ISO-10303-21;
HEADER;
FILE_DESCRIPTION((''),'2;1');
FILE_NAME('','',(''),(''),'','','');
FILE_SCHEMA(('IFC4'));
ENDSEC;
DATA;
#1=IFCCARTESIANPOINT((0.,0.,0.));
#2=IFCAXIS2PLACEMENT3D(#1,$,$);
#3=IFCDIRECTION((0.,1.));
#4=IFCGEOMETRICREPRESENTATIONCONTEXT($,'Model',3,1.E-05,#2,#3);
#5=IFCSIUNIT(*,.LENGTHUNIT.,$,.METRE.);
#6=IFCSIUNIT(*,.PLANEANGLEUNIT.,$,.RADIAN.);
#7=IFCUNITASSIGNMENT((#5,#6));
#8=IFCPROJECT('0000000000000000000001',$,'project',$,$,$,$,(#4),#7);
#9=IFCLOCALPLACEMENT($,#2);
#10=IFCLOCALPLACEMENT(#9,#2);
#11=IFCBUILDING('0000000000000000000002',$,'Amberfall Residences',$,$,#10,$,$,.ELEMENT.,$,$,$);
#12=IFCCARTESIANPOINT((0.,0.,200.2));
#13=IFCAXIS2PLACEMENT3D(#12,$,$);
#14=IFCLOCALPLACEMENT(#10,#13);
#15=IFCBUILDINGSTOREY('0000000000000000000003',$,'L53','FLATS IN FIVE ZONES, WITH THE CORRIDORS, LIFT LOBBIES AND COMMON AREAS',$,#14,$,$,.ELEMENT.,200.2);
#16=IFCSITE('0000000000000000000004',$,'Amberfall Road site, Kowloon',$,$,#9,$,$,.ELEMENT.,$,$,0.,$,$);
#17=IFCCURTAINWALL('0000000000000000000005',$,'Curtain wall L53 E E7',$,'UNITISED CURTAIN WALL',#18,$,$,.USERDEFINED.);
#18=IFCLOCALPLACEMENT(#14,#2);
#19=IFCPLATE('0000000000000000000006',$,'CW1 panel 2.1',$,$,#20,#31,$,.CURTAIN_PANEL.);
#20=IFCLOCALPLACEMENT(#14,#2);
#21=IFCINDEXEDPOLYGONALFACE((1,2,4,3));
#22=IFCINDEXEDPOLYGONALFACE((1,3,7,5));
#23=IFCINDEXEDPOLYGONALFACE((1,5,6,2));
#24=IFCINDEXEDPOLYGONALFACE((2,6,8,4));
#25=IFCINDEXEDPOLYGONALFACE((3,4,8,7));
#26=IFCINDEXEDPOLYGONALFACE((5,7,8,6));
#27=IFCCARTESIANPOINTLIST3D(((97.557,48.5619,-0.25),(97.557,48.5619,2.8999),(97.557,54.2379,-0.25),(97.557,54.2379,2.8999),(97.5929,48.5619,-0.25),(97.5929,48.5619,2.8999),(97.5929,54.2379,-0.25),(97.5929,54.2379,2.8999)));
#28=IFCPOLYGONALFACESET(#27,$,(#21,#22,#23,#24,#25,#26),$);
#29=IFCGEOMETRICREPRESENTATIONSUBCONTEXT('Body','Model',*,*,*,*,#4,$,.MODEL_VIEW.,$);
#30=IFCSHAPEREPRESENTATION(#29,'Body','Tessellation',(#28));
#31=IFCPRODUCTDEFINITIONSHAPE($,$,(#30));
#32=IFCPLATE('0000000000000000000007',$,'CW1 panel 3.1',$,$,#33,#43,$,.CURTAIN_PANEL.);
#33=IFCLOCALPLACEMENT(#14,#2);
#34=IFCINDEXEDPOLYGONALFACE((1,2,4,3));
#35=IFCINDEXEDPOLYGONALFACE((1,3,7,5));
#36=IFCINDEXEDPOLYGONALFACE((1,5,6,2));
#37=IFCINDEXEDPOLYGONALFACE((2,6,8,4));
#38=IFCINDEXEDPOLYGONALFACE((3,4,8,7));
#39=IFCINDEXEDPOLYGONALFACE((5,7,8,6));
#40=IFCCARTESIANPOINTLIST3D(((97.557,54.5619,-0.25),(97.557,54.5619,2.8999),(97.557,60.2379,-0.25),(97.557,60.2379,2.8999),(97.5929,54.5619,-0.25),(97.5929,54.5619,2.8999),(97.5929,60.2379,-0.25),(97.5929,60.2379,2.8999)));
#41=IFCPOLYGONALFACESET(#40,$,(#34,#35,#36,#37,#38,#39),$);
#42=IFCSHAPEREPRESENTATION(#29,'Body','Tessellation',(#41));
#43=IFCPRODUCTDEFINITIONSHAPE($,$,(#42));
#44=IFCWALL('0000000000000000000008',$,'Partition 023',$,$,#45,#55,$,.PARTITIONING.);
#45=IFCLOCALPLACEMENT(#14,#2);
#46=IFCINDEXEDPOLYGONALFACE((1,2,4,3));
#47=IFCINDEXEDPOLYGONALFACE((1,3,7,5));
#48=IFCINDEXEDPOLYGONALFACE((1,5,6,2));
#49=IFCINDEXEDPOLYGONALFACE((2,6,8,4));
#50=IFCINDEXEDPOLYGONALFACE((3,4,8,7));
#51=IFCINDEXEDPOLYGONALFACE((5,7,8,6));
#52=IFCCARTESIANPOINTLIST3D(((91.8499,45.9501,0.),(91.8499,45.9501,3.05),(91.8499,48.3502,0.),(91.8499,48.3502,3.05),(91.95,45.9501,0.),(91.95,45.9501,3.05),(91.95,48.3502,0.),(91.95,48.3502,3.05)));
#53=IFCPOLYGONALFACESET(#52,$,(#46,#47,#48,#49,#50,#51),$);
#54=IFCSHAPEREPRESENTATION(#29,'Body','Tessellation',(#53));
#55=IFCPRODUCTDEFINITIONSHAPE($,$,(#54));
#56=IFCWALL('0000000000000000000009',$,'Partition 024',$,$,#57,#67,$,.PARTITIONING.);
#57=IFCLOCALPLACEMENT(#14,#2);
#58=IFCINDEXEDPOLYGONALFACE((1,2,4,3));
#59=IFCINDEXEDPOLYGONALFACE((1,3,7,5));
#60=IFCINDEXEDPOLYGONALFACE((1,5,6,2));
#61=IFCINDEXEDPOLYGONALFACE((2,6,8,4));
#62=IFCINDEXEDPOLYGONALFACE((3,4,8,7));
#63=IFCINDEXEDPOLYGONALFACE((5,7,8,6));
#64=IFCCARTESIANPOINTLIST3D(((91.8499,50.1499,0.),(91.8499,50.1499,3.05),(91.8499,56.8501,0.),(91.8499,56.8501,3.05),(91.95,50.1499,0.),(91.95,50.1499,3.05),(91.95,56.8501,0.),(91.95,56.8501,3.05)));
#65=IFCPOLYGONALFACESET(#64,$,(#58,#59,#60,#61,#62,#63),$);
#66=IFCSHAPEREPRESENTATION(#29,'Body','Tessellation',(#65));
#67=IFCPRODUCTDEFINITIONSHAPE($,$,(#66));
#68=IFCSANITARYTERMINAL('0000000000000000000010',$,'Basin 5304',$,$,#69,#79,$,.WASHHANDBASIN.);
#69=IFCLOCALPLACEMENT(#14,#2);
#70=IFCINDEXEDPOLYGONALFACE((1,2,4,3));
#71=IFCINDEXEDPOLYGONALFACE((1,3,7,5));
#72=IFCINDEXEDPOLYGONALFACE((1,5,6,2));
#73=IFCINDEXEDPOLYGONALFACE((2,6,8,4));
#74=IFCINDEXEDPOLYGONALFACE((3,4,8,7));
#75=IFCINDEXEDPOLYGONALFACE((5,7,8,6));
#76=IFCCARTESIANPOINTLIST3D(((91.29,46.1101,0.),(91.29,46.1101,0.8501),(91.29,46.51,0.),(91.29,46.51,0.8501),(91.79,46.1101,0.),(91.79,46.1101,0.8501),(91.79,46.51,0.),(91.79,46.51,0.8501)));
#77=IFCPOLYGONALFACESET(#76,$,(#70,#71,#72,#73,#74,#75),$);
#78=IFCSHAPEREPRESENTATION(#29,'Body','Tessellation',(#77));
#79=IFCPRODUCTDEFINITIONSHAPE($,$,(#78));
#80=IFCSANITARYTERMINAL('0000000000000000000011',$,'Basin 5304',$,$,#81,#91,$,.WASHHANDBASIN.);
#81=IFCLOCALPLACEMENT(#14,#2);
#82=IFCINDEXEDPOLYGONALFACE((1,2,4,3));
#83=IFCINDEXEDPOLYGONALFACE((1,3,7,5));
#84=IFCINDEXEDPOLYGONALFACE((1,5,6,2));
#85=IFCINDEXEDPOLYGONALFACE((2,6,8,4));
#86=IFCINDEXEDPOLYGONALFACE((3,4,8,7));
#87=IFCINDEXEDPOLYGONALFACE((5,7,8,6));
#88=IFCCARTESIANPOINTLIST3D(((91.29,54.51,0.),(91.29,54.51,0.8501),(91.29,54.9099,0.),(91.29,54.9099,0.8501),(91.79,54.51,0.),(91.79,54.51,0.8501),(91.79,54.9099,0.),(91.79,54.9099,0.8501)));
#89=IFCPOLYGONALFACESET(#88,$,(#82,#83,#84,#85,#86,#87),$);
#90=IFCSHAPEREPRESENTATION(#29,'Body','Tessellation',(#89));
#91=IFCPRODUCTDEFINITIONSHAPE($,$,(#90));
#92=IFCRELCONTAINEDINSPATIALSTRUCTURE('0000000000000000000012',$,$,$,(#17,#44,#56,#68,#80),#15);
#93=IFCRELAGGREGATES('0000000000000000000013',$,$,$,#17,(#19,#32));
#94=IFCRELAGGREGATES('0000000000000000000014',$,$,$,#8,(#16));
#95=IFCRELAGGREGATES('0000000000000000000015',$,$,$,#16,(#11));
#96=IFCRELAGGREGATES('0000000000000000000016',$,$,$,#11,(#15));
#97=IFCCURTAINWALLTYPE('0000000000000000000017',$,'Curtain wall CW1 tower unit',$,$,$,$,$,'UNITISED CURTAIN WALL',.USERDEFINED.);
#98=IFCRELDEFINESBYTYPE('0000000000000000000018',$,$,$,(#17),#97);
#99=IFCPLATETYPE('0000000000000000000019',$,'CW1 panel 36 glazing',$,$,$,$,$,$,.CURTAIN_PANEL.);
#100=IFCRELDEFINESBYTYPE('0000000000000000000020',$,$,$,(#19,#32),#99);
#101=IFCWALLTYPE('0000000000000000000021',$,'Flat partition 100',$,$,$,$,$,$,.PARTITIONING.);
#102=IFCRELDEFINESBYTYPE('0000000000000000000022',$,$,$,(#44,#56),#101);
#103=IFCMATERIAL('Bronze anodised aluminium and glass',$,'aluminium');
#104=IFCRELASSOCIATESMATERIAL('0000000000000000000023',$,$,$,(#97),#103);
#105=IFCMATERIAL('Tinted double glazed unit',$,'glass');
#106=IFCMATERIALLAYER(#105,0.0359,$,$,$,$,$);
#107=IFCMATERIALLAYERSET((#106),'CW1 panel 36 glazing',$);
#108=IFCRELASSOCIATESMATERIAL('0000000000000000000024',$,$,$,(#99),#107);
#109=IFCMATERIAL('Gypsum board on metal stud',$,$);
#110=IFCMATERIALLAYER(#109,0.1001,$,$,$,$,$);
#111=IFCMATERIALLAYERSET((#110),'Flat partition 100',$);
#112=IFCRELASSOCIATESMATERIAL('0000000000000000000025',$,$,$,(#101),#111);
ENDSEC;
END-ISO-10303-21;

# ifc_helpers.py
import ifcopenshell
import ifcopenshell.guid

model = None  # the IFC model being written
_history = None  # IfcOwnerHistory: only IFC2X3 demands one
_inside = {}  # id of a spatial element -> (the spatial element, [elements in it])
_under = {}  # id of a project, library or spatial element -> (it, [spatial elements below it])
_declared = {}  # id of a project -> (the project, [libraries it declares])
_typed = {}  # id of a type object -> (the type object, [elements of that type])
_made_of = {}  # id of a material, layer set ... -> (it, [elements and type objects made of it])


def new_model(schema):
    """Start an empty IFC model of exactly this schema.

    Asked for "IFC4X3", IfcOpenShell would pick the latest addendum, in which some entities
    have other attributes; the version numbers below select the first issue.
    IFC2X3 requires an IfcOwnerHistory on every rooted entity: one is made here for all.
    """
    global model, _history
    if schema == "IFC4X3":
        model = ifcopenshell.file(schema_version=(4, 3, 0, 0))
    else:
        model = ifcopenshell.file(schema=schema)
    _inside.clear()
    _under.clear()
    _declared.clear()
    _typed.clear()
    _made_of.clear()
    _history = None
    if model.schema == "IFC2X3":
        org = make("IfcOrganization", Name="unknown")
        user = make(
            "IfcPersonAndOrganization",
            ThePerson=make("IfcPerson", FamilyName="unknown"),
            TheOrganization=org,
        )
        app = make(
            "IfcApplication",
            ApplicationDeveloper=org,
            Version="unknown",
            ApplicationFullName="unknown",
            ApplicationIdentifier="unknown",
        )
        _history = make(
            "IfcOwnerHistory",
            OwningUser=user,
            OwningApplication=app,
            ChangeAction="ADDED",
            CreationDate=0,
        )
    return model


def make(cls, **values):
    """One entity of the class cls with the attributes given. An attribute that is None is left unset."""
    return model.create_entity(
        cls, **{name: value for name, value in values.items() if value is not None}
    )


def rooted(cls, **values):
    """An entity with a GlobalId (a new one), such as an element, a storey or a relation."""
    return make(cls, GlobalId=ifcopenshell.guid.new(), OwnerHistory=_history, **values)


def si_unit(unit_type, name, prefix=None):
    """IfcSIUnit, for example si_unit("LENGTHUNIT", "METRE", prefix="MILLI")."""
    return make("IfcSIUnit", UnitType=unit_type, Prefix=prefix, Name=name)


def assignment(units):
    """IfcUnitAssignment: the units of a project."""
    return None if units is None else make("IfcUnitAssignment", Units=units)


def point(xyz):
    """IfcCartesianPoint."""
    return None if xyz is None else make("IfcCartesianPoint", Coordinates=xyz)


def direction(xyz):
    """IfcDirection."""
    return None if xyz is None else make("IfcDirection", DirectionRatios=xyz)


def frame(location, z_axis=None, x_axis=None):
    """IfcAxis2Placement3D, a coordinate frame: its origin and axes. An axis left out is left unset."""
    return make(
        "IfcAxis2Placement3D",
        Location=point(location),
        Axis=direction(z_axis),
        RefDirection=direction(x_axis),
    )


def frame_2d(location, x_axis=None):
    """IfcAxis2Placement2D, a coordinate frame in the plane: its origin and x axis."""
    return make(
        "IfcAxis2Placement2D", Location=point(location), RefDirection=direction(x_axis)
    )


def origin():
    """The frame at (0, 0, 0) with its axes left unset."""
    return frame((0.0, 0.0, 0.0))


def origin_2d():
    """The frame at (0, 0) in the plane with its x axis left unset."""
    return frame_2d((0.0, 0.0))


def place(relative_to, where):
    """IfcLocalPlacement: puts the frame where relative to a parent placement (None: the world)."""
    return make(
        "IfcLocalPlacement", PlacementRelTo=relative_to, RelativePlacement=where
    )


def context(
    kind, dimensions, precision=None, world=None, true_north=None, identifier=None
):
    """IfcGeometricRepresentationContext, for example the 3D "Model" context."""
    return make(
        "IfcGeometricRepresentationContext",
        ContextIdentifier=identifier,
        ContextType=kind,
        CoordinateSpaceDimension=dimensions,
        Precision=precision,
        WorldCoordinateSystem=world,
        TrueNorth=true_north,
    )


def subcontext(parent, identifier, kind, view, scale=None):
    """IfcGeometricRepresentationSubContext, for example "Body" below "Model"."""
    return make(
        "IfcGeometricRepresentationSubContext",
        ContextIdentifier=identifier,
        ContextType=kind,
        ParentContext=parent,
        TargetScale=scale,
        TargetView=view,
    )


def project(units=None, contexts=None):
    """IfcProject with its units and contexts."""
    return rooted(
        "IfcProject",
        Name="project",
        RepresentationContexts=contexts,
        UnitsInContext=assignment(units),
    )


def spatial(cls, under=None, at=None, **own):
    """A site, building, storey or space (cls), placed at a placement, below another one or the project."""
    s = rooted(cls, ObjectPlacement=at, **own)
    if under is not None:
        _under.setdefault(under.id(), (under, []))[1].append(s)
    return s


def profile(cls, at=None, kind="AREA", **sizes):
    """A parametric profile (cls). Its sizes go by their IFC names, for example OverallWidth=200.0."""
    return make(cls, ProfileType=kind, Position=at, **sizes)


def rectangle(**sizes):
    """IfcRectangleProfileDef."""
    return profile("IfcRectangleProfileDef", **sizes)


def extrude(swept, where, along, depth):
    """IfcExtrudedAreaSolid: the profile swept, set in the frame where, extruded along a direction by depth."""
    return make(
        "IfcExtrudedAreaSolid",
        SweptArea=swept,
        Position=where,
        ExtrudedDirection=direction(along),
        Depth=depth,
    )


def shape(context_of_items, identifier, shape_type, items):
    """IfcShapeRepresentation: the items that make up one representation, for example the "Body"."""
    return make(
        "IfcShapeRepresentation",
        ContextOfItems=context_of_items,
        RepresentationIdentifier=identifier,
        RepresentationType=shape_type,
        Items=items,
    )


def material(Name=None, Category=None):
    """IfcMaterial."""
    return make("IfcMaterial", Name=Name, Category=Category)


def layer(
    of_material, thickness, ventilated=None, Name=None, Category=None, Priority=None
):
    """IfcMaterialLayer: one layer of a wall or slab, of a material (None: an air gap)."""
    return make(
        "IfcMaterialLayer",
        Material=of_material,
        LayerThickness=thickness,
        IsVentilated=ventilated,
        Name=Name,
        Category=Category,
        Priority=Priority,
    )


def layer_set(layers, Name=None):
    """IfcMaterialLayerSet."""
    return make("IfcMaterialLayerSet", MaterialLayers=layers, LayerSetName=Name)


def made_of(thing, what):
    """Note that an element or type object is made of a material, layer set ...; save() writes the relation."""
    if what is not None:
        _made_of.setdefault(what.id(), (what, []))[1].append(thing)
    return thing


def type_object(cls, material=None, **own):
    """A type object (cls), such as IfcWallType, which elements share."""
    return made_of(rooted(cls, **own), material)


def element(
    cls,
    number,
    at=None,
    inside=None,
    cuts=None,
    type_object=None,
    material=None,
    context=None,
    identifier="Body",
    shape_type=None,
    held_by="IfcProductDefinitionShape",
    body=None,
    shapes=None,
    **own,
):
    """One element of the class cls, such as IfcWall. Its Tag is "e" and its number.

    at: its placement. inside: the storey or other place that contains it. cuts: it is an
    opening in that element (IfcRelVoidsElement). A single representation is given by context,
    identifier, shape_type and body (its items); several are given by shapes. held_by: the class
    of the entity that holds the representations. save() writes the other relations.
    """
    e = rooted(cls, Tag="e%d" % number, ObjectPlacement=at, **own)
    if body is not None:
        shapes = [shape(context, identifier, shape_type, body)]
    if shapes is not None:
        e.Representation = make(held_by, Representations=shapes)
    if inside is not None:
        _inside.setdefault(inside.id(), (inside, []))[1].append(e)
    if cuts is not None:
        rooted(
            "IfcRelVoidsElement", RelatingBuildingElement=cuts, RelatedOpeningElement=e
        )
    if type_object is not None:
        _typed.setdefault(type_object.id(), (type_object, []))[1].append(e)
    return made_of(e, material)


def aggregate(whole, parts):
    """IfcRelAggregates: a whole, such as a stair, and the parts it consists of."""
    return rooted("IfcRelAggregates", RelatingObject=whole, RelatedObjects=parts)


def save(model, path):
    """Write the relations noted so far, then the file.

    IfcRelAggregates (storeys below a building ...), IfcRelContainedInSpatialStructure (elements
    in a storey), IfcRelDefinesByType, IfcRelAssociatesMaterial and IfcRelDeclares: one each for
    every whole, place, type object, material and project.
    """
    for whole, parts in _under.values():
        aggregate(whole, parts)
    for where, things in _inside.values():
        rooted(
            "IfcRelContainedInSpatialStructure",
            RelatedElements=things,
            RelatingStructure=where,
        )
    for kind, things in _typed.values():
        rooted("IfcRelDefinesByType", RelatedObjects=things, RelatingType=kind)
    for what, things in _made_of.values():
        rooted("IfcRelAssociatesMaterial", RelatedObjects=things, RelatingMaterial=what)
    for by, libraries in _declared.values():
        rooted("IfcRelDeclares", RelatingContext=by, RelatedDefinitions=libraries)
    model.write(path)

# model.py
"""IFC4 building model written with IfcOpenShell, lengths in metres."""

from ifc_helpers import new_model, si_unit, direction, frame, frame_2d, origin, origin_2d, place, context, subcontext, project, spatial, rectangle, extrude, material, layer, layer_set, type_object, element, aggregate, save


model = new_model("IFC4")

# Units and contexts
model_context = context("Model", 3, precision=1e-05, world=origin(), true_north=direction((0.0, 1.0)))
body_context = subcontext(model_context, "Body", "Model", "MODEL_VIEW")
ifc_project = project(units=[si_unit("LENGTHUNIT", "METRE"), si_unit("PLANEANGLEUNIT", "RADIAN")], contexts=[model_context])

# Site, building, storey
site_placement = place(None, origin())
site = spatial("IfcSite", under=ifc_project, at=site_placement, Name="Amberfall Road site, Kowloon", CompositionType="ELEMENT", RefElevation=0.0)
building_placement = place(site_placement, origin())
building = spatial("IfcBuilding", under=site, at=building_placement, Name="Amberfall Residences", CompositionType="ELEMENT")
storey_placement = place(building_placement, frame((0.0, 0.0, 200.2)))
storey = spatial("IfcBuildingStorey", under=building, at=storey_placement, Name="L53", Description="FLATS IN FIVE ZONES, WITH THE CORRIDORS, LIFT LOBBIES AND COMMON AREAS", CompositionType="ELEMENT", Elevation=200.2)

# Curtain wall
ifc_material_1 = material(Name="Bronze anodised aluminium and glass", Category="aluminium")
curtain_wall_type = type_object("IfcCurtainWallType", Name="Curtain wall CW1 tower unit", ElementType="UNITISED CURTAIN WALL", PredefinedType="USERDEFINED", material=ifc_material_1)
curtain_wall_placement = place(storey_placement, origin())
curtain_wall = element("IfcCurtainWall", 1, at=curtain_wall_placement, inside=storey, type_object=curtain_wall_type, Name="Curtain wall L53 E E7", ObjectType="UNITISED CURTAIN WALL", PredefinedType="USERDEFINED")

# Plates
ifc_material_2 = material(Name="Tinted double glazed unit", Category="glass")
ifc_layer_1 = layer(ifc_material_2, 0.0359)
ifc_layer_set_1 = layer_set([ifc_layer_1], Name="CW1 panel 36 glazing")
plate_type = type_object("IfcPlateType", Name="CW1 panel 36 glazing", PredefinedType="CURTAIN_PANEL", material=ifc_layer_set_1)
plate_1_placement = place(storey_placement, frame((97.575, 51.3999, -0.25), z_axis=(0.0, 0.0, 1.0), x_axis=(0.0, 1.0, 0.0)))
plate_1 = element("IfcPlate", 2, at=plate_1_placement, type_object=plate_type, Name="CW1 panel 2.1", PredefinedType="CURTAIN_PANEL", context=body_context, shape_type="SweptSolid", body=[
    extrude(rectangle(XDim=5.676, YDim=0.0359, at=origin_2d()), origin(), (0.0, 0.0, 1.0), 3.1499),
])
plate_2_placement = place(storey_placement, frame((97.575, 57.3999, -0.25), z_axis=(0.0, 0.0, 1.0), x_axis=(0.0, 1.0, 0.0)))
plate_2 = element("IfcPlate", 3, at=plate_2_placement, type_object=plate_type, Name="CW1 panel 3.1", PredefinedType="CURTAIN_PANEL", context=body_context, shape_type="SweptSolid", body=[
    extrude(rectangle(XDim=5.676, YDim=0.0359, at=origin_2d()), origin(), (0.0, 0.0, 1.0), 3.1499),
])
aggregate(curtain_wall, [plate_1, plate_2])

# Walls
ifc_material_3 = material(Name="Gypsum board on metal stud")
ifc_layer_2 = layer(ifc_material_3, 0.1001)
ifc_layer_set_2 = layer_set([ifc_layer_2], Name="Flat partition 100")
wall_type = type_object("IfcWallType", Name="Flat partition 100", PredefinedType="PARTITIONING", material=ifc_layer_set_2)
wall_1_placement = place(storey_placement, frame((91.8999, 45.95, 0.0), z_axis=(0.0, 0.0, 1.0), x_axis=(0.0, 1.0, 0.0)))
element("IfcWall", 4, at=wall_1_placement, inside=storey, type_object=wall_type, Name="Partition 023", PredefinedType="PARTITIONING", context=body_context, shape_type="SweptSolid", body=[
    extrude(rectangle(XDim=2.4001, YDim=0.1001, at=frame_2d((1.2002, 0.0))), origin(), (0.0, 0.0, 1.0), 3.05),
])
wall_2_placement = place(storey_placement, frame((91.8999, 50.1499, 0.0), z_axis=(0.0, 0.0, 1.0), x_axis=(0.0, 1.0, 0.0)))
element("IfcWall", 5, at=wall_2_placement, inside=storey, type_object=wall_type, Name="Partition 024", PredefinedType="PARTITIONING", context=body_context, shape_type="SweptSolid", body=[
    extrude(rectangle(XDim=6.7002, YDim=0.1001, at=frame_2d((3.3501, 0.0))), origin(), (0.0, 0.0, 1.0), 3.05),
])

# Sanitary terminals
for number, where, z_axis, x_axis, name in (
    (6, (91.54, 46.3101, 0.0), (0.0, 0.0, 1.0), (1.0, 0.0, 0.0), "Basin 5304"),
    (7, (91.54, 54.71, 0.0), (0.0, 0.0, 1.0), (1.0, 0.0, 0.0), "Basin 5304"),
):
    element("IfcSanitaryTerminal", number, at=place(storey_placement, frame(where, z_axis=z_axis, x_axis=x_axis)), inside=storey, Name=name, PredefinedType="WASHHANDBASIN", context=body_context, shape_type="SweptSolid", body=[
        extrude(rectangle(XDim=0.5, YDim=0.3999, at=origin_2d()), origin(), (0.0, 0.0, 1.0), 0.8501),
    ])

save(model, "model.ifc")
